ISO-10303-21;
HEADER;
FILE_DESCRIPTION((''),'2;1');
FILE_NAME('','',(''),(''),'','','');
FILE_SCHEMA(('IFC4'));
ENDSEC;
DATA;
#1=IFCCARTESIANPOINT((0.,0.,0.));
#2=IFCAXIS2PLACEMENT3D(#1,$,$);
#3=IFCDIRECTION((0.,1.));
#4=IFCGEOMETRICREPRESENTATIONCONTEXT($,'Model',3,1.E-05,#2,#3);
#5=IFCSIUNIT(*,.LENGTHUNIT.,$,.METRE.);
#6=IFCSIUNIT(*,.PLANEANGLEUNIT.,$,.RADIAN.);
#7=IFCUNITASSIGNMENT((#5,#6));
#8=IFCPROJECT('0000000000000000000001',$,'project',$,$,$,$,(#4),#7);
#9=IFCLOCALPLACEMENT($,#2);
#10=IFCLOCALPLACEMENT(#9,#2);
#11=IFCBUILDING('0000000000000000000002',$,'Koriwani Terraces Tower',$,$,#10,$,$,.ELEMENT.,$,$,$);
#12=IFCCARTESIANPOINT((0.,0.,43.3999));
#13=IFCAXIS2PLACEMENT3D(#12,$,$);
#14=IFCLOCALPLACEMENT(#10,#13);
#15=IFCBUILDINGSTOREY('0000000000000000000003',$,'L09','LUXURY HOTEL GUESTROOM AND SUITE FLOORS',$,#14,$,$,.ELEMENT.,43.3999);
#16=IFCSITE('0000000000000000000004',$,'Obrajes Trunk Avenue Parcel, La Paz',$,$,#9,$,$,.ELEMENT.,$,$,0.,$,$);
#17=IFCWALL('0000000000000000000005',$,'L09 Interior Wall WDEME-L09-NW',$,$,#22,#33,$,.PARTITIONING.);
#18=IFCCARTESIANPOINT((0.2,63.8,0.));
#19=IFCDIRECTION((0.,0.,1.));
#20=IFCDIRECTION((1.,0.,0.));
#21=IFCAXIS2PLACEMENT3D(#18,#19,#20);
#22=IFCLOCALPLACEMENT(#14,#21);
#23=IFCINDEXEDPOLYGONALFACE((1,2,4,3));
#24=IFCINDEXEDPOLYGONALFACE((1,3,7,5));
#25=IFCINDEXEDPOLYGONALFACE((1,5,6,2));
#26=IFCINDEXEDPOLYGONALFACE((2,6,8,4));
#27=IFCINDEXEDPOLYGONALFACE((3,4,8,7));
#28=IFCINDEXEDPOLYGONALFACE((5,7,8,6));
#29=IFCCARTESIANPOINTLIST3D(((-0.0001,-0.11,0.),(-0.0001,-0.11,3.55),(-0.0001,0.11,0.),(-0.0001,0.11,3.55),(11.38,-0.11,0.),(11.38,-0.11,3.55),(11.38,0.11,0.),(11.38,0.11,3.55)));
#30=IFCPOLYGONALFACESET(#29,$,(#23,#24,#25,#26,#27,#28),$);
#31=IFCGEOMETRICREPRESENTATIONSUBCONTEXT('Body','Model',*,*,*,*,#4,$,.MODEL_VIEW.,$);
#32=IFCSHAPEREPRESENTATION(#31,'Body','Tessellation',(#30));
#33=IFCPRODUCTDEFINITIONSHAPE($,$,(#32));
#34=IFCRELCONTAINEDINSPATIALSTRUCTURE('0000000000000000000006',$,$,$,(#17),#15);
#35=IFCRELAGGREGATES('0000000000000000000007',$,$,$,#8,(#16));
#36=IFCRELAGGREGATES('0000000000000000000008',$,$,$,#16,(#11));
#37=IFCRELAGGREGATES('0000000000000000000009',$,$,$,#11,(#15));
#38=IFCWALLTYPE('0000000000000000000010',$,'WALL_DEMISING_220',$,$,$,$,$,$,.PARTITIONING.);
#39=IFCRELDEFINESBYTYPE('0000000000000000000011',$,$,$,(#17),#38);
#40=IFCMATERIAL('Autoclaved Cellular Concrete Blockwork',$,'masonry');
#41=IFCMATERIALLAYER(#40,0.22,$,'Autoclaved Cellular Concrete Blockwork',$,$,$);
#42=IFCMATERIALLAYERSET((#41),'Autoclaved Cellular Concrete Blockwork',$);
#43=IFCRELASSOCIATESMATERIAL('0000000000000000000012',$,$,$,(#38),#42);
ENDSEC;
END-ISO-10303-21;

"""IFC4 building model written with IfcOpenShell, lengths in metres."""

from ifc_helpers import new_model, si_unit, direction, frame, frame_2d, origin, place, context, subcontext, project, spatial, rectangle, extrude, material, layer, layer_set, type_object, element, save


model = new_model("IFC4")

# Units and contexts
model_context = context("Model", 3, precision=1e-05, world=origin(), true_north=direction((0.0, 1.0)))
body_context = subcontext(model_context, "Body", "Model", "MODEL_VIEW")
ifc_project = project(units=[si_unit("LENGTHUNIT", "METRE"), si_unit("PLANEANGLEUNIT", "RADIAN")], contexts=[model_context])

# Site, building, storey
site_placement = place(None, origin())
site = spatial("IfcSite", under=ifc_project, at=site_placement, Name="Obrajes Trunk Avenue Parcel, La Paz", CompositionType="ELEMENT", RefElevation=0.0)
building_placement = place(site_placement, origin())
building = spatial("IfcBuilding", under=site, at=building_placement, Name="Koriwani Terraces Tower", CompositionType="ELEMENT")
storey_placement = place(building_placement, frame((0.0, 0.0, 43.3999)))
storey = spatial("IfcBuildingStorey", under=building, at=storey_placement, Name="L09", Description="LUXURY HOTEL GUESTROOM AND SUITE FLOORS", CompositionType="ELEMENT", Elevation=43.3999)

# Shared definitions
ifc_material_1 = material(Name="Autoclaved Cellular Concrete Blockwork", Category="masonry")

# Wall
ifc_layer_1 = layer(ifc_material_1, 0.22, Name="Autoclaved Cellular Concrete Blockwork")
ifc_layer_set_1 = layer_set([ifc_layer_1], Name="Autoclaved Cellular Concrete Blockwork")
wall_type_1 = type_object("IfcWallType", Name="WALL_DEMISING_220", PredefinedType="PARTITIONING", material=ifc_layer_set_1)
wall_1_placement = place(storey_placement, frame((0.2, 63.8, 0.0), z_axis=(0.0, 0.0, 1.0), x_axis=(1.0, 0.0, 0.0)))
element("IfcWall", 1, at=wall_1_placement, inside=storey, type_object=wall_type_1, Name="L09 Interior Wall WDEME-L09-NW", PredefinedType="PARTITIONING", context=body_context, shape_type="SweptSolid", body=[
    extrude(rectangle(XDim=11.3801, YDim=0.22, at=frame_2d((5.6899, 0.0))), origin(), (0.0, 0.0, 1.0), 3.55),
])

save(model, "model.ifc")
